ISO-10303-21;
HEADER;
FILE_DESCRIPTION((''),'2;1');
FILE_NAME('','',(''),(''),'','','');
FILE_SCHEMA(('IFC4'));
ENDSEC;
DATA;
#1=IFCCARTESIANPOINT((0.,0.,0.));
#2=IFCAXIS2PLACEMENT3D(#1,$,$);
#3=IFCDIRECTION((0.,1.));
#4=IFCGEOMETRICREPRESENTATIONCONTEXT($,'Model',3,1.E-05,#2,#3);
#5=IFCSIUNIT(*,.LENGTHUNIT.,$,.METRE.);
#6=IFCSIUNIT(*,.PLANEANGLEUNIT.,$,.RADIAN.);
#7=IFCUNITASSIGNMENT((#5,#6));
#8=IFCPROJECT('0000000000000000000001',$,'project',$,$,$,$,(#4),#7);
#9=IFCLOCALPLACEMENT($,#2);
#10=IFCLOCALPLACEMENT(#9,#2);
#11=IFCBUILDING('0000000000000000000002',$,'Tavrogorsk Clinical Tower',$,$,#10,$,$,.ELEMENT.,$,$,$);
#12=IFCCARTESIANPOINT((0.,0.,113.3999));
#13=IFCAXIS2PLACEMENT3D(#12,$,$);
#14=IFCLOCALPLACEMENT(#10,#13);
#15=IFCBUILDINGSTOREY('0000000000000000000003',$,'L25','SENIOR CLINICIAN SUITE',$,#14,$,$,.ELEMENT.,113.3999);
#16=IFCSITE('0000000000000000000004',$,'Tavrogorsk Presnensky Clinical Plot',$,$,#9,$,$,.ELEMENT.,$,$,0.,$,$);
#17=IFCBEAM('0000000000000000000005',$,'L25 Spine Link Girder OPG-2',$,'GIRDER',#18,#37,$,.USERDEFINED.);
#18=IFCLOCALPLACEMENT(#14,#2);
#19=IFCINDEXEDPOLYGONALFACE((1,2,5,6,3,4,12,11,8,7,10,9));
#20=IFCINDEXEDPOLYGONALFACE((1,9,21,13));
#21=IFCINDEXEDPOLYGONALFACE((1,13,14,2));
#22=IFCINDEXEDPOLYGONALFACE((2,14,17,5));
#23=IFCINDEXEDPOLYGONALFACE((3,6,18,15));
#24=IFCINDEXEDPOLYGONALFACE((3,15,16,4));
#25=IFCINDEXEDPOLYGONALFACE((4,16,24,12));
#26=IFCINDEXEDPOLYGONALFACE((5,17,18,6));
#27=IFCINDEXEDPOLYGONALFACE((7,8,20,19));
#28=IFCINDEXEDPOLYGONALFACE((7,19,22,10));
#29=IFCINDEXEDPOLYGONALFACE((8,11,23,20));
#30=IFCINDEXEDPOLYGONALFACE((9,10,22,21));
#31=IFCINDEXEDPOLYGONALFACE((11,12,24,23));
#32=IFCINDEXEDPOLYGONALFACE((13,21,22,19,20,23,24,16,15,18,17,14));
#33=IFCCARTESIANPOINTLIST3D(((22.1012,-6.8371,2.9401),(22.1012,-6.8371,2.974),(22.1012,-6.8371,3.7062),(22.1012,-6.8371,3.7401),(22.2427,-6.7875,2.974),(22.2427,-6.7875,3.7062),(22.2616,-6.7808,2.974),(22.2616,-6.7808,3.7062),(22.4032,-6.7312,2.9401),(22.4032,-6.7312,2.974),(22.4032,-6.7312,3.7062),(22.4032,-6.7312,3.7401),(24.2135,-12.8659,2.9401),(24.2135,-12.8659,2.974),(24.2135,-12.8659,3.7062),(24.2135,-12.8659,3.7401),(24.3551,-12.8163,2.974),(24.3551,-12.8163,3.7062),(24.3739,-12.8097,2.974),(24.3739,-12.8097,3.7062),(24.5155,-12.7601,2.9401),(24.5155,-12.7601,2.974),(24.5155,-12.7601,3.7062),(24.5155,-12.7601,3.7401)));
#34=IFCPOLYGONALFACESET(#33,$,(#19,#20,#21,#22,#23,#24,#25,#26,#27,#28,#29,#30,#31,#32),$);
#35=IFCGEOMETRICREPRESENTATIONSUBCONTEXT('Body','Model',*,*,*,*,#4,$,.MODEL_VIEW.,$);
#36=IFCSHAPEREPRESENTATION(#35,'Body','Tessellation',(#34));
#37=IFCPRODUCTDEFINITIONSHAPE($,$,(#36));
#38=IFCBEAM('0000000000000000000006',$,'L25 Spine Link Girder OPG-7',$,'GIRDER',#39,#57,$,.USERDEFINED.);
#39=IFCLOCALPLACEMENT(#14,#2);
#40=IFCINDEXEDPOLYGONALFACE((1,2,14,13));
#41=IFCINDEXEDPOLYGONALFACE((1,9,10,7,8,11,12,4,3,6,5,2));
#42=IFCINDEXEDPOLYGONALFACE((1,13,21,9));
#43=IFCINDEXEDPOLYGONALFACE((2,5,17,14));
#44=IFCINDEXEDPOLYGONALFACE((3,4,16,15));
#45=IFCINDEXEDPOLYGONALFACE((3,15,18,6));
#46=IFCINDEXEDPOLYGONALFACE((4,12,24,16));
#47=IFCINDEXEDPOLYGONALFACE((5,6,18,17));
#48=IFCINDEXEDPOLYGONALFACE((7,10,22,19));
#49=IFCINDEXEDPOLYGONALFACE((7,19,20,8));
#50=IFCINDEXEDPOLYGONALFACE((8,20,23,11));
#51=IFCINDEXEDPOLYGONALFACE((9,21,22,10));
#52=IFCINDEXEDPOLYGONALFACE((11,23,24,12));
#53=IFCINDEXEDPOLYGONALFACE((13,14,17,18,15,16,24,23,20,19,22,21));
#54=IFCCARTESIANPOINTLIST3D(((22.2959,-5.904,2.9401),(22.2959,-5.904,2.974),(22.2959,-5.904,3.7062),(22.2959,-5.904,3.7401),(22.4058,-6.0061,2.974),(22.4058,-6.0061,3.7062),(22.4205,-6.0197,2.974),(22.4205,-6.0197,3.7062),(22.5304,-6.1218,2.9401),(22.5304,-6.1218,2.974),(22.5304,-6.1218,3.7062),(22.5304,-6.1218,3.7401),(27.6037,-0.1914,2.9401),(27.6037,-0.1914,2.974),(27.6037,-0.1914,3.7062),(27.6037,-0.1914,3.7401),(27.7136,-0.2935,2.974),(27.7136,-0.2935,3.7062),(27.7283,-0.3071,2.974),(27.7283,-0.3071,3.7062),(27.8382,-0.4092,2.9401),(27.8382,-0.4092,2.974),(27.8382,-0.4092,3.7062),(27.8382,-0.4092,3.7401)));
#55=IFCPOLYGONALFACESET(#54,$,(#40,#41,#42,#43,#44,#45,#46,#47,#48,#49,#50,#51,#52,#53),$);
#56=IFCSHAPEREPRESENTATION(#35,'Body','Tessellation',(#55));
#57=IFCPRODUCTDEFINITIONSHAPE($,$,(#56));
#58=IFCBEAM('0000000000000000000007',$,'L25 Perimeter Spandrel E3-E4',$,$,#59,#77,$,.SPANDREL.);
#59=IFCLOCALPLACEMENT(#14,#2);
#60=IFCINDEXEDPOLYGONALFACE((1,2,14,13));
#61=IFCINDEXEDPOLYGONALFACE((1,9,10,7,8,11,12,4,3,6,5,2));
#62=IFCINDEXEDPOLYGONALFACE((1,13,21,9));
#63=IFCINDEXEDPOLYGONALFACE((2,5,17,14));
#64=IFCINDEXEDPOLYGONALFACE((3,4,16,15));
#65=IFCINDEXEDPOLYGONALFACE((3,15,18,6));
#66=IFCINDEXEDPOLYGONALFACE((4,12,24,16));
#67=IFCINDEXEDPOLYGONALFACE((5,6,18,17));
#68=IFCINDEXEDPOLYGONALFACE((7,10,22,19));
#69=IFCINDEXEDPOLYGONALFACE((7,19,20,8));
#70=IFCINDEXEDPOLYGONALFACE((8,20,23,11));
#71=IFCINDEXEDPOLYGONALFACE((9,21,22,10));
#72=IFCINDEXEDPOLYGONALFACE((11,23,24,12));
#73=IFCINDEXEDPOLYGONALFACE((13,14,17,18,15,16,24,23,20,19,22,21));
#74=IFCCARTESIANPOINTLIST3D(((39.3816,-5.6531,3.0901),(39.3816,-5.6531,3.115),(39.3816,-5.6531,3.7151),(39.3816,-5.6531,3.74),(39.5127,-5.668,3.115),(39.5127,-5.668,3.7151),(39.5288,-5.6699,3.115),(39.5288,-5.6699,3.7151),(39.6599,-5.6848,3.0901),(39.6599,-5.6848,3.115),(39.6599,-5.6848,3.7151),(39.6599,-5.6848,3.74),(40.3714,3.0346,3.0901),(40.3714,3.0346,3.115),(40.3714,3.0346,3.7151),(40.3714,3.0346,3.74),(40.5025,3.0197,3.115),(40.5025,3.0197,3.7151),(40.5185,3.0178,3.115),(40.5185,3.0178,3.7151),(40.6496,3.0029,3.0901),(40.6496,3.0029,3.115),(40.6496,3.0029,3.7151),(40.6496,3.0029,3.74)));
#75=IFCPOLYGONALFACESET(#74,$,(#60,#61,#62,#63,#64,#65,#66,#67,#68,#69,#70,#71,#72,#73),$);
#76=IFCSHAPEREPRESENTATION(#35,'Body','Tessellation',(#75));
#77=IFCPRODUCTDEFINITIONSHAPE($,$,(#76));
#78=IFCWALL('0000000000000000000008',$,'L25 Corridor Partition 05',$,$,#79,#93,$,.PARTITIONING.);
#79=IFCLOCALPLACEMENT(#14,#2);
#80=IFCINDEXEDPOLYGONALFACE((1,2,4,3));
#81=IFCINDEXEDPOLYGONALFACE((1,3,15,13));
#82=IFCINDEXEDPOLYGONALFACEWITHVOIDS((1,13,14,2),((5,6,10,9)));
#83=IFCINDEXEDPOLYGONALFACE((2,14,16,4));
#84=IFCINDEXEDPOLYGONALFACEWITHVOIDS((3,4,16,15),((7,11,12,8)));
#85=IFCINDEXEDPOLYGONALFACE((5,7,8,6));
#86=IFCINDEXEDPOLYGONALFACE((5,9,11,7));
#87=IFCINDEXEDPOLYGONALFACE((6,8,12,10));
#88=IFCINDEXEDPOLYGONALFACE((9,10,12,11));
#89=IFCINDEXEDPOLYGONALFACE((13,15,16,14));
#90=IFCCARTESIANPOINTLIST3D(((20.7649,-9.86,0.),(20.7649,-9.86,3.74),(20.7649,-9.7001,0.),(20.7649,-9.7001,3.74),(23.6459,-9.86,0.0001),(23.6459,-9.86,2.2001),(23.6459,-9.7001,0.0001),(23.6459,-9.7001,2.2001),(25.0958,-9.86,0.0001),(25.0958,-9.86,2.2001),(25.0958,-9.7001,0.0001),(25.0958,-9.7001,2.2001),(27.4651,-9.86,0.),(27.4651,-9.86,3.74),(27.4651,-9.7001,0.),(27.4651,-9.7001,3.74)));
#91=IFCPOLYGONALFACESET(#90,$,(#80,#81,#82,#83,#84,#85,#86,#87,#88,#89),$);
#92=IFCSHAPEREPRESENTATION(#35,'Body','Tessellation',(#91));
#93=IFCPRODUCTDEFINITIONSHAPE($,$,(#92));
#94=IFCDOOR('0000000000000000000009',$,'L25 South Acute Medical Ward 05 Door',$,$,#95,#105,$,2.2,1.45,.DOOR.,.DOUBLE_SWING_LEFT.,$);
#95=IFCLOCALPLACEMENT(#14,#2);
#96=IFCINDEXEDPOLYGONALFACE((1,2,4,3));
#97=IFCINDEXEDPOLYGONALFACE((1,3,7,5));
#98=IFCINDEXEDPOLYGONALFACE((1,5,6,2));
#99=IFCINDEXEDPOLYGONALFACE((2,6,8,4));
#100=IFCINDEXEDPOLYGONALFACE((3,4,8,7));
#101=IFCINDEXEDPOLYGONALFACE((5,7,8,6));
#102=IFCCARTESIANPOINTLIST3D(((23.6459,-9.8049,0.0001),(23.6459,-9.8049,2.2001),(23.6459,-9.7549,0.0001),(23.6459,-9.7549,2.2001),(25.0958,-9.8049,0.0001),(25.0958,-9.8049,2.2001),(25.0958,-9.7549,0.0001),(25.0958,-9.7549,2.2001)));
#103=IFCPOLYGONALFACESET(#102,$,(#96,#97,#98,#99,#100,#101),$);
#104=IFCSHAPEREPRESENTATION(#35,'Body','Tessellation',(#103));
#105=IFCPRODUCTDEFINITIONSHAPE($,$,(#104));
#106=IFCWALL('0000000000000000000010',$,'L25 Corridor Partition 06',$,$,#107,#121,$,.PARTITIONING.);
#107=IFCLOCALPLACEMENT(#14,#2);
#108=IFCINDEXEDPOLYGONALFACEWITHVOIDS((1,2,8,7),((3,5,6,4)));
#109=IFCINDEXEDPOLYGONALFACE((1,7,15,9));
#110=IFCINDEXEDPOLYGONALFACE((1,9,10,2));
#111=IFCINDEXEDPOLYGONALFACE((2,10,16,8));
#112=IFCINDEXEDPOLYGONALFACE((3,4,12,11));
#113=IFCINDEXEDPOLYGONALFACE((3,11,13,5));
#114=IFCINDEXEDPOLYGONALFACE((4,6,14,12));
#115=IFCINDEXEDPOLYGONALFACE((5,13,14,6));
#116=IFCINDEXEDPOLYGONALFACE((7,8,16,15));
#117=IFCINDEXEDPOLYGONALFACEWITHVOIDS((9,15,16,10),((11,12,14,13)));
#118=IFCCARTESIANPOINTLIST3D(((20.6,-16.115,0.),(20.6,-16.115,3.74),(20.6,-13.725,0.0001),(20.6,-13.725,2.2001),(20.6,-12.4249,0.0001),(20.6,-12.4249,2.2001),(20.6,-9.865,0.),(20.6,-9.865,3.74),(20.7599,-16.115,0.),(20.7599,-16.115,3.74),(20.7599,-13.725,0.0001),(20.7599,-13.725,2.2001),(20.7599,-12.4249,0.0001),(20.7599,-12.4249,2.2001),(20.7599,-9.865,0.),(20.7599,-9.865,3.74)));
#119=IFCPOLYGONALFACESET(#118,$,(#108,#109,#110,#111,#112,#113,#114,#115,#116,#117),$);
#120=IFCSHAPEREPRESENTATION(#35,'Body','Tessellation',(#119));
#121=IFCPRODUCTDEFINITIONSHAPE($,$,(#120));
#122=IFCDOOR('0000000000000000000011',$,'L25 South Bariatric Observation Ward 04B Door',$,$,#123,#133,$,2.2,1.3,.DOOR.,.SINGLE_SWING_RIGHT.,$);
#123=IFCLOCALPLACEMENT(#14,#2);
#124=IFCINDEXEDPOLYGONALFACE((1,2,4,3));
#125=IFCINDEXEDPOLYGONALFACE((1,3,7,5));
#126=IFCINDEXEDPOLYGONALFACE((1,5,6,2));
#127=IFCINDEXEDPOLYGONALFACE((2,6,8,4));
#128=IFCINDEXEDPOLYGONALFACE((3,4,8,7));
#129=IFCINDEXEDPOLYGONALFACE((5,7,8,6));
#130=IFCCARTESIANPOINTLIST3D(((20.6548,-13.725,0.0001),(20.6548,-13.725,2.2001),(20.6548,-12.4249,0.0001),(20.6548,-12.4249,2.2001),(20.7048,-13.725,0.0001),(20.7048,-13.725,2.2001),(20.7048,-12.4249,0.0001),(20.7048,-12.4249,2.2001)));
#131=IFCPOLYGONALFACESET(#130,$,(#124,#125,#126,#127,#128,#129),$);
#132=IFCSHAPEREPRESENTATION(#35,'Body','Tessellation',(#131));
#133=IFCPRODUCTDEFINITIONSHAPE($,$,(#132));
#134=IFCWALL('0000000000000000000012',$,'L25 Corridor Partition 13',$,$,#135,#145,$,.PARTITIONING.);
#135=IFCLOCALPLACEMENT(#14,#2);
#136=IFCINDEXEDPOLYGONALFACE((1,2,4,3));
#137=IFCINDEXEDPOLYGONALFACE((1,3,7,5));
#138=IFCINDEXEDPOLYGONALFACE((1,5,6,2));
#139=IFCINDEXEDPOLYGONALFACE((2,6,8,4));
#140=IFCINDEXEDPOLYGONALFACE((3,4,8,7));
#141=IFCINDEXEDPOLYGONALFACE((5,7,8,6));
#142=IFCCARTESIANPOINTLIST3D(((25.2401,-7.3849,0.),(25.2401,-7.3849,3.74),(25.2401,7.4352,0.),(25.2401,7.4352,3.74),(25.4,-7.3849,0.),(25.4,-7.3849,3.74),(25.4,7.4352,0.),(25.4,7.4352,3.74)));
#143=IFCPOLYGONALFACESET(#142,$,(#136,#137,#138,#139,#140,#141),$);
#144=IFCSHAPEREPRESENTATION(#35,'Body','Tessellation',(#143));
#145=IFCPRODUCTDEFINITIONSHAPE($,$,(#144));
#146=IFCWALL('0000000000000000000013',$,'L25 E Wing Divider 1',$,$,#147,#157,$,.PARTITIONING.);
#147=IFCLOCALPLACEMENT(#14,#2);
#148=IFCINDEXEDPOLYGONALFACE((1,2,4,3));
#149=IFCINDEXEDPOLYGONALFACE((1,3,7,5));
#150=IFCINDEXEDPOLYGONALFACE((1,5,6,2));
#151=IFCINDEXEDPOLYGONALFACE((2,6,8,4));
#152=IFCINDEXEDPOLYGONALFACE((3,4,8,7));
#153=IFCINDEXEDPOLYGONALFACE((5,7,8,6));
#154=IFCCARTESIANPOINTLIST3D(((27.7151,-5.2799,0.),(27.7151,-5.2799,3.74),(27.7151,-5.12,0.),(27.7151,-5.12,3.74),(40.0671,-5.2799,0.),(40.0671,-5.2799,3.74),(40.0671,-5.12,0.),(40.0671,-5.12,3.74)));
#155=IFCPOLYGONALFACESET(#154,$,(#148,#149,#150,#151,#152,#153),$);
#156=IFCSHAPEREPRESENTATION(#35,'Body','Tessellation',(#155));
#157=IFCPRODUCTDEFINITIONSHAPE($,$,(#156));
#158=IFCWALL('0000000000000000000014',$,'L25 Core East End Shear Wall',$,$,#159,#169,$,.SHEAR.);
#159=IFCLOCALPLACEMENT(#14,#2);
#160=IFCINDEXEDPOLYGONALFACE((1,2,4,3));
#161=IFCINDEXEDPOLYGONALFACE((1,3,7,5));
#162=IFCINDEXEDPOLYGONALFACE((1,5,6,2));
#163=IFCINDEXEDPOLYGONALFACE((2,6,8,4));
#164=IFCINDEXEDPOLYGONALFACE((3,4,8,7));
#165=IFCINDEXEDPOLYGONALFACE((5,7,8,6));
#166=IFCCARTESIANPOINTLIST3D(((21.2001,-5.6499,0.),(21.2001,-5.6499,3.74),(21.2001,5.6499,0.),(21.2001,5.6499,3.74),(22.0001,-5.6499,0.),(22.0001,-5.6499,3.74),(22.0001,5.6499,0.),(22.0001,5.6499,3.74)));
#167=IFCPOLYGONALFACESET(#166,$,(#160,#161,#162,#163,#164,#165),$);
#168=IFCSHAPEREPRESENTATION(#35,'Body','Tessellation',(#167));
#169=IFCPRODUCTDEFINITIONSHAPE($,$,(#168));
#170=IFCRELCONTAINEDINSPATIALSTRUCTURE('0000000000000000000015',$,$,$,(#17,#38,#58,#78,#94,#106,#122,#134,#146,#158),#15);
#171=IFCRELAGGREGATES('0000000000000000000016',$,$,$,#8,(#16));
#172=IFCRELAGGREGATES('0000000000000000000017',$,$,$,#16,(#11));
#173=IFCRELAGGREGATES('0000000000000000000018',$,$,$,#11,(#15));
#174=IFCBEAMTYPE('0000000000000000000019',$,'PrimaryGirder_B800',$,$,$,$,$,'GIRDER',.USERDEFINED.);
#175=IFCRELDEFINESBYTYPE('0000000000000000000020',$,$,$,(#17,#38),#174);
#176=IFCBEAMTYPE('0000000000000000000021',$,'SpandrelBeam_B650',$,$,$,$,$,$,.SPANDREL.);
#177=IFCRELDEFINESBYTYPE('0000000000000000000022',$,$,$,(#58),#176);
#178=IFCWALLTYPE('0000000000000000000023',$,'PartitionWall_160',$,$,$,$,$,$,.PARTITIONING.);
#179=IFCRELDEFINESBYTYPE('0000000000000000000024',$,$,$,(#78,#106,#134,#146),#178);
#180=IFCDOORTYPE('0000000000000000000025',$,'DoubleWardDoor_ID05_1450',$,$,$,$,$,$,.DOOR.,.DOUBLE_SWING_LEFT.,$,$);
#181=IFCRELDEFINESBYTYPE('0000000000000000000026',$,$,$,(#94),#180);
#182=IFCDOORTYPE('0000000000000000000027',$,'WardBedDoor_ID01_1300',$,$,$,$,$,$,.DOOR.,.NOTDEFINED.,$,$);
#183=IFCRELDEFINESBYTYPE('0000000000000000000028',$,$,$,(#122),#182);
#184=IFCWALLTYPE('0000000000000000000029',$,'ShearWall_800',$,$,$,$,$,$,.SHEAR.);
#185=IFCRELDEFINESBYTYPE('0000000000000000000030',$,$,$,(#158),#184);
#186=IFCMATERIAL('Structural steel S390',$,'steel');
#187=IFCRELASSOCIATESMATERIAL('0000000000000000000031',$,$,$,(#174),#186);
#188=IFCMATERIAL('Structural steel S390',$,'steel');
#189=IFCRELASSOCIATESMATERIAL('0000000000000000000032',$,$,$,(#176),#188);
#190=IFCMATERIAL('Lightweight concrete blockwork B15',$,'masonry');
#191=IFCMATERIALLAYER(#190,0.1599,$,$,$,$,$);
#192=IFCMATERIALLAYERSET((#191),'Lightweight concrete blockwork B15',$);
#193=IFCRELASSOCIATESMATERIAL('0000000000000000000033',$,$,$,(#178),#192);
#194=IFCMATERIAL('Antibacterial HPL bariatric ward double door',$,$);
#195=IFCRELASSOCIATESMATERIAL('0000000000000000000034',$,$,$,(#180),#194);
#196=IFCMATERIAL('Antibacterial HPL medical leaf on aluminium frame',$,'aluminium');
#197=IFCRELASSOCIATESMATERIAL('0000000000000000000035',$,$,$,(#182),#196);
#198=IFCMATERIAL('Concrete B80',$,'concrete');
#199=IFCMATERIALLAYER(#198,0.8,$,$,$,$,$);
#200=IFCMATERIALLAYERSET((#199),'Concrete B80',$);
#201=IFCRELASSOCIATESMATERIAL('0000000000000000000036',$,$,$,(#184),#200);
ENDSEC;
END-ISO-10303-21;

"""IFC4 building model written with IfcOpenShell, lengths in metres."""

from ifc_helpers import new_model, si_unit, direction, frame, frame_2d, origin, origin_2d, place, context, subcontext, project, spatial, rectangle, i_section, extrude, material, layer, layer_set, material_profile, profile_set, type_object, element, fill, save


model = new_model("IFC4")

# Units and contexts
model_context = context("Model", 3, precision=1e-05, world=origin(), true_north=direction((0.0, 1.0)))
body_context = subcontext(model_context, "Body", "Model", "MODEL_VIEW")
ifc_project = project(units=[si_unit("LENGTHUNIT", "METRE"), si_unit("PLANEANGLEUNIT", "RADIAN")], contexts=[model_context])

# Site, building, storey
site_placement = place(None, origin())
site = spatial("IfcSite", under=ifc_project, at=site_placement, Name="Tavrogorsk Presnensky Clinical Plot", CompositionType="ELEMENT", RefElevation=0.0)
building_placement = place(site_placement, origin())
building = spatial("IfcBuilding", under=site, at=building_placement, Name="Tavrogorsk Clinical Tower", CompositionType="ELEMENT")
storey_placement = place(building_placement, frame((0.0, 0.0, 113.3999)))
storey = spatial("IfcBuildingStorey", under=building, at=storey_placement, Name="L25", Description="SENIOR CLINICIAN SUITE", CompositionType="ELEMENT", Elevation=113.3999)

# Beams
ifc_material_1 = material(Name="Structural steel S390", Category="steel")
ifc_material_profile_1 = material_profile(ifc_material_1, i_section(OverallWidth=0.3201, OverallDepth=0.8, WebThickness=0.02, FlangeThickness=0.0339, at=origin_2d()), Name="B-800x320x20x34")
ifc_profile_set_1 = profile_set([ifc_material_profile_1], Name="Structural steel S390")
beam_type_1 = type_object("IfcBeamType", Name="PrimaryGirder_B800", ElementType="GIRDER", PredefinedType="USERDEFINED", material=ifc_profile_set_1)
beam_1_placement = place(storey_placement, frame((24.3645, -12.813, 3.3401), z_axis=(-0.33066, 0.94375, 0.0), x_axis=(-0.94375, -0.33066, 0.0)))
element("IfcBeam", 1, at=beam_1_placement, inside=storey, type_object=beam_type_1, Name="L25 Spine Link Girder OPG-2", ObjectType="GIRDER", PredefinedType="USERDEFINED", context=body_context, shape_type="SweptSolid", body=[
    extrude(i_section(OverallWidth=0.3201, OverallDepth=0.8, WebThickness=0.02, FlangeThickness=0.0339, at=origin_2d()), origin(), (0.0, 0.0, 1.0), 6.3882),
])
beam_2_placement = place(storey_placement, frame((27.7209, -0.3003, 3.3401), z_axis=(-0.680676, -0.732585, 0.0), x_axis=(0.732585, -0.680676, 0.0)))
element("IfcBeam", 2, at=beam_2_placement, inside=storey, type_object=beam_type_1, Name="L25 Spine Link Girder OPG-7", ObjectType="GIRDER", PredefinedType="USERDEFINED", context=body_context, shape_type="SweptSolid", body=[
    extrude(i_section(OverallWidth=0.3201, OverallDepth=0.8, WebThickness=0.02, FlangeThickness=0.0339, at=origin_2d()), origin(), (0.0, 0.0, 1.0), 7.7979),
])
ifc_material_2 = material(Name="Structural steel S390", Category="steel")
ifc_material_profile_2 = material_profile(ifc_material_2, i_section(OverallWidth=0.28, OverallDepth=0.6499, WebThickness=0.0161, FlangeThickness=0.0249, at=origin_2d()), Name="B-650x280x16x25")
ifc_profile_set_2 = profile_set([ifc_material_profile_2], Name="Structural steel S390")
beam_type_2 = type_object("IfcBeamType", Name="SpandrelBeam_B650", PredefinedType="SPANDREL", material=ifc_profile_set_2)
beam_3_placement = place(storey_placement, frame((39.5208, -5.6689, 3.415), z_axis=(0.113192, 0.993573, 0.0), x_axis=(-0.993573, 0.113192, 0.0)))
element("IfcBeam", 3, at=beam_3_placement, inside=storey, type_object=beam_type_2, Name="L25 Perimeter Spandrel E3-E4", PredefinedType="SPANDREL", context=body_context, shape_type="SweptSolid", body=[
    extrude(i_section(OverallWidth=0.28, OverallDepth=0.6499, WebThickness=0.0161, FlangeThickness=0.0249, at=origin_2d()), origin(), (0.0, 0.0, 1.0), 8.7439),
])

# Walls, openings, doors
ifc_material_3 = material(Name="Lightweight concrete blockwork B15", Category="masonry")
ifc_layer_1 = layer(ifc_material_3, 0.1599)
ifc_layer_set_1 = layer_set([ifc_layer_1], Name="Lightweight concrete blockwork B15")
wall_type_1 = type_object("IfcWallType", Name="PartitionWall_160", PredefinedType="PARTITIONING", material=ifc_layer_set_1)
wall_1_placement = place(storey_placement, frame((27.4651, -9.78, 0.0), z_axis=(0.0, 0.0, 1.0), x_axis=(-1.0, 0.0, 0.0)))
wall_1 = element("IfcWall", 4, at=wall_1_placement, inside=storey, type_object=wall_type_1, Name="L25 Corridor Partition 05", PredefinedType="PARTITIONING", context=body_context, shape_type="SweptSolid", body=[
    extrude(rectangle(XDim=6.7002, YDim=0.1599, at=frame_2d((3.3501, 0.0))), origin(), (0.0, 0.0, 1.0), 3.74),
])
opening_1_placement = place(wall_1_placement, frame((2.3691, 0.0, 0.0)))
opening_1 = element("IfcOpeningElement", 5, at=opening_1_placement, cuts=wall_1, PredefinedType="OPENING", context=body_context, shape_type="SweptSolid", body=[
    extrude(rectangle(XDim=1.45, YDim=2.2, at=frame_2d((0.7251, 1.1001))), frame((0.0, 0.0898, 0.0), z_axis=(0.0, -1.0, 0.0), x_axis=(1.0, 0.0, 0.0)), (0.0, 0.0, 1.0), 0.1799),
])
ifc_material_4 = material(Name="Antibacterial HPL bariatric ward double door")
door_type_1 = type_object("IfcDoorType", Name="DoubleWardDoor_ID05_1450", OperationType="DOUBLE_SWING_LEFT", PredefinedType="DOOR", material=ifc_material_4)
door_1_placement = place(opening_1_placement, origin())
door_1 = element("IfcDoor", 6, at=door_1_placement, inside=storey, type_object=door_type_1, Name="L25 South Acute Medical Ward 05 Door", OperationType="DOUBLE_SWING_LEFT", OverallHeight=2.2, OverallWidth=1.45, PredefinedType="DOOR", context=body_context, shape_type="SweptSolid", body=[
    extrude(rectangle(XDim=1.45, YDim=2.2, at=frame_2d((0.7251, 1.1001))), frame((0.0, 0.0249, 0.0), z_axis=(0.0, -1.0, 0.0), x_axis=(1.0, 0.0, 0.0)), (0.0, 0.0, 1.0), 0.05),
])
fill(opening_1, door_1)
wall_2_placement = place(storey_placement, frame((20.6799, -9.865, 0.0), z_axis=(0.0, 0.0, 1.0), x_axis=(0.0, -1.0, 0.0)))
wall_2 = element("IfcWall", 7, at=wall_2_placement, inside=storey, type_object=wall_type_1, Name="L25 Corridor Partition 06", PredefinedType="PARTITIONING", context=body_context, shape_type="SweptSolid", body=[
    extrude(rectangle(XDim=6.25, YDim=0.1599, at=frame_2d((3.125, 0.0))), origin(), (0.0, 0.0, 1.0), 3.74),
])
opening_2_placement = place(wall_2_placement, frame((2.5601, 0.0, 0.0)))
opening_2 = element("IfcOpeningElement", 8, at=opening_2_placement, cuts=wall_2, PredefinedType="OPENING", context=body_context, shape_type="SweptSolid", body=[
    extrude(rectangle(XDim=1.3, YDim=2.2, at=frame_2d((0.6499, 1.1001))), frame((0.0, 0.0898, 0.0), z_axis=(0.0, -1.0, 0.0), x_axis=(1.0, 0.0, 0.0)), (0.0, 0.0, 1.0), 0.1799),
])
ifc_material_5 = material(Name="Antibacterial HPL medical leaf on aluminium frame", Category="aluminium")
door_type_2 = type_object("IfcDoorType", Name="WardBedDoor_ID01_1300", OperationType="NOTDEFINED", PredefinedType="DOOR", material=ifc_material_5)
door_2_placement = place(opening_2_placement, origin())
door_2 = element("IfcDoor", 9, at=door_2_placement, inside=storey, type_object=door_type_2, Name="L25 South Bariatric Observation Ward 04B Door", OperationType="SINGLE_SWING_RIGHT", OverallHeight=2.2, OverallWidth=1.3, PredefinedType="DOOR", context=body_context, shape_type="SweptSolid", body=[
    extrude(rectangle(XDim=1.3, YDim=2.2, at=frame_2d((0.6499, 1.1001))), frame((0.0, 0.0249, 0.0), z_axis=(0.0, -1.0, 0.0), x_axis=(1.0, 0.0, 0.0)), (0.0, 0.0, 1.0), 0.05),
])
fill(opening_2, door_2)

# Walls
wall_3_placement = place(storey_placement, frame((25.3201, -7.385, 0.0), z_axis=(0.0, 0.0, 1.0), x_axis=(0.0, 1.0, 0.0)))
element("IfcWall", 10, at=wall_3_placement, inside=storey, type_object=wall_type_1, Name="L25 Corridor Partition 13", PredefinedType="PARTITIONING", context=body_context, shape_type="SweptSolid", body=[
    extrude(rectangle(XDim=14.8201, YDim=0.1599, at=frame_2d((7.4102, 0.0))), origin(), (0.0, 0.0, 1.0), 3.74),
])
wall_4_placement = place(storey_placement, frame((27.7151, -5.2, 0.0), z_axis=(0.0, 0.0, 1.0), x_axis=(1.0, 0.0, 0.0)))
element("IfcWall", 11, at=wall_4_placement, inside=storey, type_object=wall_type_1, Name="L25 E Wing Divider 1", PredefinedType="PARTITIONING", context=body_context, shape_type="SweptSolid", body=[
    extrude(rectangle(XDim=12.3521, YDim=0.1599, at=frame_2d((6.176, 0.0))), origin(), (0.0, 0.0, 1.0), 3.74),
])
ifc_material_6 = material(Name="Concrete B80", Category="concrete")
ifc_layer_2 = layer(ifc_material_6, 0.8)
ifc_layer_set_2 = layer_set([ifc_layer_2], Name="Concrete B80")
wall_type_2 = type_object("IfcWallType", Name="ShearWall_800", PredefinedType="SHEAR", material=ifc_layer_set_2)
wall_5_placement = place(storey_placement, frame((21.6001, -5.6499, 0.0), z_axis=(0.0, 0.0, 1.0), x_axis=(0.0, 1.0, 0.0)))
element("IfcWall", 12, at=wall_5_placement, inside=storey, type_object=wall_type_2, Name="L25 Core East End Shear Wall", PredefinedType="SHEAR", context=body_context, shape_type="SweptSolid", body=[
    extrude(rectangle(XDim=11.2998, YDim=0.8, at=frame_2d((5.6499, 0.0))), origin(), (0.0, 0.0, 1.0), 3.74),
])

save(model, "model.ifc")
